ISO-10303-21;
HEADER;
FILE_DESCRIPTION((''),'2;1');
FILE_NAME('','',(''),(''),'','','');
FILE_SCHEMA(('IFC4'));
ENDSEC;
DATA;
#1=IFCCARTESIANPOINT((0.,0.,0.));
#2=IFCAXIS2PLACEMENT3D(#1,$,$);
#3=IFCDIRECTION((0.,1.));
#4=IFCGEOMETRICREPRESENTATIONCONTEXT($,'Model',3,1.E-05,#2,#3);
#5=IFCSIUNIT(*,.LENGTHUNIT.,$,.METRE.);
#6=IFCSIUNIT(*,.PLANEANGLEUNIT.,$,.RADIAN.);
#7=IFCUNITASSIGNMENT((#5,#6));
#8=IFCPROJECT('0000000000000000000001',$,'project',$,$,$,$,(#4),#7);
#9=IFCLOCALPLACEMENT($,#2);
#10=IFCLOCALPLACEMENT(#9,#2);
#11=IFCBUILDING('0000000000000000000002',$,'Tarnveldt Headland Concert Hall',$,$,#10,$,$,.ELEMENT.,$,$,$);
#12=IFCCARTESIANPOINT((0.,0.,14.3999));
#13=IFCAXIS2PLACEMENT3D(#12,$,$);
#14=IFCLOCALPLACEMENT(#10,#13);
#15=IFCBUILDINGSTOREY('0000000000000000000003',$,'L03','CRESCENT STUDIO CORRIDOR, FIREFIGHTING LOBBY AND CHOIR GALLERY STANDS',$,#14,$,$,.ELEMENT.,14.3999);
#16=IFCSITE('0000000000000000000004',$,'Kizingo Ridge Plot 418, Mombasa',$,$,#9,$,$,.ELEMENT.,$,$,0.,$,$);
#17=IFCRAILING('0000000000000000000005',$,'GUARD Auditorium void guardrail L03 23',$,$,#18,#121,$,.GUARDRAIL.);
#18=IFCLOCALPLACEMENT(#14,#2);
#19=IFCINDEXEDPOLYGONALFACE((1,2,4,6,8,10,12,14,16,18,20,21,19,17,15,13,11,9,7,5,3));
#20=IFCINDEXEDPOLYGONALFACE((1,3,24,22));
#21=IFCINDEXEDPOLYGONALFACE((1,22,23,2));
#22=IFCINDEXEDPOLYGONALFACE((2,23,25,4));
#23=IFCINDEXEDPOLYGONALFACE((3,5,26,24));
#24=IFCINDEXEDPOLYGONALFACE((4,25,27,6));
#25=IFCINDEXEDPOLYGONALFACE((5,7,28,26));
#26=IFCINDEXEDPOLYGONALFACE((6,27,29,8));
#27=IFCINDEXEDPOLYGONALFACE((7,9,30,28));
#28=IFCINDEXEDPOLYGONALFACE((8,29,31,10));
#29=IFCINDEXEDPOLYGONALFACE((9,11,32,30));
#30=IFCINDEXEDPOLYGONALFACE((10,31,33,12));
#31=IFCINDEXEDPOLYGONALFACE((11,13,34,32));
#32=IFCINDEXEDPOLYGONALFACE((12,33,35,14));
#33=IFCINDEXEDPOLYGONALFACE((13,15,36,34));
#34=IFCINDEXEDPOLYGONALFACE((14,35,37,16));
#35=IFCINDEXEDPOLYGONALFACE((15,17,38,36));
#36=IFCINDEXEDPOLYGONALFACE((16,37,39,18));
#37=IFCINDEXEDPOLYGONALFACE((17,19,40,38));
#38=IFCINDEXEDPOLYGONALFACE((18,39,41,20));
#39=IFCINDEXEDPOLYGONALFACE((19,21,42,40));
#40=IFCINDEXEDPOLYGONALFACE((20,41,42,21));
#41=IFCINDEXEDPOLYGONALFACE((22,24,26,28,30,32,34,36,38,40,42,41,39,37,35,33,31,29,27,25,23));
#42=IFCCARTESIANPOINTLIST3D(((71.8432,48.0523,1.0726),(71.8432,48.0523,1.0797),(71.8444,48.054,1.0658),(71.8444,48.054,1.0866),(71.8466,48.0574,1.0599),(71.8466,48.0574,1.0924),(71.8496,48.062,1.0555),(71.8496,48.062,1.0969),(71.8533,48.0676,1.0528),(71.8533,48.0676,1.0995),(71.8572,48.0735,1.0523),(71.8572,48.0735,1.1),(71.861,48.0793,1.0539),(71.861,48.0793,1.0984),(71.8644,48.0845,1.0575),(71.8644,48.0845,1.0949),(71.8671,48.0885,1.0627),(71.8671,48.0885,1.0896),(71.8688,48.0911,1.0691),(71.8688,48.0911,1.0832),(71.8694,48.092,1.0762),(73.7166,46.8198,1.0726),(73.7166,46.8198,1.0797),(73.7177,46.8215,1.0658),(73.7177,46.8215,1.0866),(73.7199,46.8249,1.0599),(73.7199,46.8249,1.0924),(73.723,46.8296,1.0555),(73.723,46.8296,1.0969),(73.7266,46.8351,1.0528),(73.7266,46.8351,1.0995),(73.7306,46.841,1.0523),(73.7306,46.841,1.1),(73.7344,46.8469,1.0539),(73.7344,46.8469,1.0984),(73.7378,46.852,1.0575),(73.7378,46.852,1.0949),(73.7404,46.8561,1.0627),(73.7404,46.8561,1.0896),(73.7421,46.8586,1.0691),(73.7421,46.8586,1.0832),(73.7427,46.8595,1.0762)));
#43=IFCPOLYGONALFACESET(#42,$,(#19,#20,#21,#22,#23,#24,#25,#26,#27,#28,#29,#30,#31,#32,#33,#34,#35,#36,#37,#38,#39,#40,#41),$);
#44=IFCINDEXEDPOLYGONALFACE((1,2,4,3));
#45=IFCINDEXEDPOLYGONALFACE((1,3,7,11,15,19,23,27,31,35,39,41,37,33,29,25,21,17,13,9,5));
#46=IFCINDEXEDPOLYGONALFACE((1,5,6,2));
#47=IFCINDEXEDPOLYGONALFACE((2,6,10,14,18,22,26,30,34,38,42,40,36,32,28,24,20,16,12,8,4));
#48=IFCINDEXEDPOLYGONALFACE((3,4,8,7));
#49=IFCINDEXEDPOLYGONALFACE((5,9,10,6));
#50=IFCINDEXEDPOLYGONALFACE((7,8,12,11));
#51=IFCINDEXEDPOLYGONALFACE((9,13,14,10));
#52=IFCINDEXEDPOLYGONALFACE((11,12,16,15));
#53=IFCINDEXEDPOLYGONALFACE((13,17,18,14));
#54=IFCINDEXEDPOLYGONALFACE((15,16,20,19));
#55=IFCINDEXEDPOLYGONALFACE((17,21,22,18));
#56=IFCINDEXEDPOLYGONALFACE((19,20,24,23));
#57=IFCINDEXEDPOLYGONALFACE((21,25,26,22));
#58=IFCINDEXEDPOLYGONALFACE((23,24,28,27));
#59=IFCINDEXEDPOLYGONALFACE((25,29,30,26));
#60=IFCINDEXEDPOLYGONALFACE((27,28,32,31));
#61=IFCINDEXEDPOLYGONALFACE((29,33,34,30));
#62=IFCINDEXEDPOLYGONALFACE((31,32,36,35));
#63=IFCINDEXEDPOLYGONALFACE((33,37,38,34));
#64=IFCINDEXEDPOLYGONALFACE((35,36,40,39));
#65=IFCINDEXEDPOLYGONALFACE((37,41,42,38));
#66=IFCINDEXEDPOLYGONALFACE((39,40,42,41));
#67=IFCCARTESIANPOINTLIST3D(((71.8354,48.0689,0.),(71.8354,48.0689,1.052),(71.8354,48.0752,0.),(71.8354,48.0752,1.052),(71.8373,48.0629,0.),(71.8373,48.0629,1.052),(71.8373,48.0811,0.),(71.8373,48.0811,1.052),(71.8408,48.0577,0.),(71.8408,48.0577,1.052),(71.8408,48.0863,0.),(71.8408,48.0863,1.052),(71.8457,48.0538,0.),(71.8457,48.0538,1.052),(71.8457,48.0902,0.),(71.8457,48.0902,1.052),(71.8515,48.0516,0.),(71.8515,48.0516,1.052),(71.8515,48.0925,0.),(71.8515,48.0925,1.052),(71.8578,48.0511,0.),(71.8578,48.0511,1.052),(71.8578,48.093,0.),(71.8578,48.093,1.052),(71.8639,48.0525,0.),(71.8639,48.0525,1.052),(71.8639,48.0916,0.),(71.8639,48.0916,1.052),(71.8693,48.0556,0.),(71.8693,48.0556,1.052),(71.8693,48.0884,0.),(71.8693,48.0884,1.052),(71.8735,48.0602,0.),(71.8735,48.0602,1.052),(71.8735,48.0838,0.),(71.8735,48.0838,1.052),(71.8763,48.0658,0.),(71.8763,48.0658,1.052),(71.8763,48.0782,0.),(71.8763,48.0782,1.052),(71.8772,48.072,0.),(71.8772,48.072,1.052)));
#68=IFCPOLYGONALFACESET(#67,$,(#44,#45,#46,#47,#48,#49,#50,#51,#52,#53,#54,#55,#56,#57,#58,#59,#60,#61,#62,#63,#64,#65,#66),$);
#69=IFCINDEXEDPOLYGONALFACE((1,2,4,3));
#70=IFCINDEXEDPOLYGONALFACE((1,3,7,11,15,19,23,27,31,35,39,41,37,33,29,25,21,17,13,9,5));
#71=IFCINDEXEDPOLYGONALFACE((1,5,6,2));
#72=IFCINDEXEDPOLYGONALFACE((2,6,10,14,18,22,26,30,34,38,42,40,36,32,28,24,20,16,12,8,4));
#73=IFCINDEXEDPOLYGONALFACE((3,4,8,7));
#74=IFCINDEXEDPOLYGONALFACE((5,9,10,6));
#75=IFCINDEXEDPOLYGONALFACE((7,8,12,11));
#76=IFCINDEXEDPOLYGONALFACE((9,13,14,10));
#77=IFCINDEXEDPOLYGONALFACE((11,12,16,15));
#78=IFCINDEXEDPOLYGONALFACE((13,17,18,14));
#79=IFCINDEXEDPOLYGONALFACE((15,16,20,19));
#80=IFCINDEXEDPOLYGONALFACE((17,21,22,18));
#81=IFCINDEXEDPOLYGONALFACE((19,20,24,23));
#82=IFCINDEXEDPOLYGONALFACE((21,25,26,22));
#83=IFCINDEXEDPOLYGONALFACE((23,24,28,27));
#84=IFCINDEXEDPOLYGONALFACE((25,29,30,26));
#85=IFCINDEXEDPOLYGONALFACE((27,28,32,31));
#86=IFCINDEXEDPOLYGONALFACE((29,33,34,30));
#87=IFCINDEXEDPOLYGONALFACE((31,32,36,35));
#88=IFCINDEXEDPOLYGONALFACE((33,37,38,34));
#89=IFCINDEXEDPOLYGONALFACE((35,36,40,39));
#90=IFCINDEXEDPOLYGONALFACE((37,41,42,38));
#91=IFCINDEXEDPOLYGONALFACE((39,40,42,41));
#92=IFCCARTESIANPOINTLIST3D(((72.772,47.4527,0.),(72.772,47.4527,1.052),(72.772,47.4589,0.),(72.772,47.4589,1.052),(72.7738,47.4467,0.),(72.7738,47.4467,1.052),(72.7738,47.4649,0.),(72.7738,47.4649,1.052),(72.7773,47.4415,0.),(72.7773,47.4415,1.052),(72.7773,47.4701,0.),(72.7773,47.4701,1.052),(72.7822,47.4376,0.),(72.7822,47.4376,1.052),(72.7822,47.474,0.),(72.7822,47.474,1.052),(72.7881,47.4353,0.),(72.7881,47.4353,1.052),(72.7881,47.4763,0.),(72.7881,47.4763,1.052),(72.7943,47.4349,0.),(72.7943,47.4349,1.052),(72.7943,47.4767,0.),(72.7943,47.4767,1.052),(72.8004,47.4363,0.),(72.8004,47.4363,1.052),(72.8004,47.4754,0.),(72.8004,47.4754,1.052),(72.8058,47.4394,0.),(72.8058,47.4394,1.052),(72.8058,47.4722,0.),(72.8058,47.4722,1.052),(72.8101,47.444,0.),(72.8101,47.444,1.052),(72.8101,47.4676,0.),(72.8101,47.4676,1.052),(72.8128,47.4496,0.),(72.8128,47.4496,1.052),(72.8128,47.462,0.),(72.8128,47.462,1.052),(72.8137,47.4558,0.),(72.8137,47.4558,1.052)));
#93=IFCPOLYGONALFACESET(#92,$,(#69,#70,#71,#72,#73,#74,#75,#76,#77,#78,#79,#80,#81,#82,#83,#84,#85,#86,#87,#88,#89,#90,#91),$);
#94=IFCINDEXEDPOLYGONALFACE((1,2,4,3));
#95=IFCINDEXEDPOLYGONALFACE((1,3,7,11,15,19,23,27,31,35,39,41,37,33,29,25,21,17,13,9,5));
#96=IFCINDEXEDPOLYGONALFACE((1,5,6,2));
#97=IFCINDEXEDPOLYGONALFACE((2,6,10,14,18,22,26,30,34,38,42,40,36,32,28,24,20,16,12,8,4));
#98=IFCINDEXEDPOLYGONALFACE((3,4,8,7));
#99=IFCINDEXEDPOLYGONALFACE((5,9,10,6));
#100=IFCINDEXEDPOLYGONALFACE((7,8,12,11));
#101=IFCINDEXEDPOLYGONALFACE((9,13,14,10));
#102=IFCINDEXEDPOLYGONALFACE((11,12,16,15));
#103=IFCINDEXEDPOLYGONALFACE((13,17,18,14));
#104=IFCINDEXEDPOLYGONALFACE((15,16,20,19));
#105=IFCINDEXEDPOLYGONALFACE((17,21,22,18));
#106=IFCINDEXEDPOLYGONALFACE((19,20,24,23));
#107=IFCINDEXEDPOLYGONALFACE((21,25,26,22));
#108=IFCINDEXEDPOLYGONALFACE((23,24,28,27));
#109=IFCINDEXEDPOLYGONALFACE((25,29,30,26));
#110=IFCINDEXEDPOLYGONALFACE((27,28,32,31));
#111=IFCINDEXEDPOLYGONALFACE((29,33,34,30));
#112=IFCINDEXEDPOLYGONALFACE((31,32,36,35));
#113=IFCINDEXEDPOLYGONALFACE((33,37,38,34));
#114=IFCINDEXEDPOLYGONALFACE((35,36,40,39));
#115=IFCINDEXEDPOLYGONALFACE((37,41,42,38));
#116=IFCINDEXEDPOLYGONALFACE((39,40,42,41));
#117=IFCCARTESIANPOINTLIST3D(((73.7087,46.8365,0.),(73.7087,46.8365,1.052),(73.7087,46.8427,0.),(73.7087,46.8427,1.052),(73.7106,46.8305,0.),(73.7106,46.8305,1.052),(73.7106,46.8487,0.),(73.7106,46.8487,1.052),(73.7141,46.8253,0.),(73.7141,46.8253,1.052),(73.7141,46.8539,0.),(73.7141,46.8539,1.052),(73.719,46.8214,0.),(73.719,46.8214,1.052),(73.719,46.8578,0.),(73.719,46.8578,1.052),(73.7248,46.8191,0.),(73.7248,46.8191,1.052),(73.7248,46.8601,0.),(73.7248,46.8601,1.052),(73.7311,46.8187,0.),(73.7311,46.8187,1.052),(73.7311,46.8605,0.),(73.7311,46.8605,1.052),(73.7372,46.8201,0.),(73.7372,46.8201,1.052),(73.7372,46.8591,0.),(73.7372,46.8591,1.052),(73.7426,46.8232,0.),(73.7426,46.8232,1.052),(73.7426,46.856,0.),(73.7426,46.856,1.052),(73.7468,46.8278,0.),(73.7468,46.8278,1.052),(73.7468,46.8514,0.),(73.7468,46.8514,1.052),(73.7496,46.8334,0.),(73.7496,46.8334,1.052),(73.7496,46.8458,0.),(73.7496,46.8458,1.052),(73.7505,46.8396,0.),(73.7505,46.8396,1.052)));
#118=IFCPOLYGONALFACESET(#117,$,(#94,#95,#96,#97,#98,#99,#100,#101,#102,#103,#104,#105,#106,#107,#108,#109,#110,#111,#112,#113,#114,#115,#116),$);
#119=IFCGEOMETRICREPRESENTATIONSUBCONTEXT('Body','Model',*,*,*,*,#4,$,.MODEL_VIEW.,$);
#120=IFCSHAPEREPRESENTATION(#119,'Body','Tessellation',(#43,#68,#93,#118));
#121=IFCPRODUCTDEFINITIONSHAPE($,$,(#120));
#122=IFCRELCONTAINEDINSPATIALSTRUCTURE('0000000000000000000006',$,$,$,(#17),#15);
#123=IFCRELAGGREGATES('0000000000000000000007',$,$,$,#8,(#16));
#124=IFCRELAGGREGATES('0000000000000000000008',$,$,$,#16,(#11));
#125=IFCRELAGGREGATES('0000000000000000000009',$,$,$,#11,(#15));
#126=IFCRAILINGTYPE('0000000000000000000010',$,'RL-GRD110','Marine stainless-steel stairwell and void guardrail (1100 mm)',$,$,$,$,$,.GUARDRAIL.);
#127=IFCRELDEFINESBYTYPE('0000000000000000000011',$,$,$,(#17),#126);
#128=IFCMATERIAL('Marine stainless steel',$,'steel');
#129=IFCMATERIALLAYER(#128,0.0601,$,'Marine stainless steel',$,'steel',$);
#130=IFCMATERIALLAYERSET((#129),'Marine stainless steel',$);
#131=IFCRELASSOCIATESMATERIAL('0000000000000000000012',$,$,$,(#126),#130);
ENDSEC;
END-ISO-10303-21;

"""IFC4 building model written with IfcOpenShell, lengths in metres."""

from ifc_helpers import new_model, si_unit, direction, frame, origin, origin_2d, place, context, subcontext, project, spatial, circle, extrude, material, layer, layer_set, type_object, element, save


model = new_model("IFC4")

# Units and contexts
model_context = context("Model", 3, precision=1e-05, world=origin(), true_north=direction((0.0, 1.0)))
body_context = subcontext(model_context, "Body", "Model", "MODEL_VIEW")
ifc_project = project(units=[si_unit("LENGTHUNIT", "METRE"), si_unit("PLANEANGLEUNIT", "RADIAN")], contexts=[model_context])

# Site, building, storey
site_placement = place(None, origin())
site = spatial("IfcSite", under=ifc_project, at=site_placement, Name="Kizingo Ridge Plot 418, Mombasa", CompositionType="ELEMENT", RefElevation=0.0)
building_placement = place(site_placement, origin())
building = spatial("IfcBuilding", under=site, at=building_placement, Name="Tarnveldt Headland Concert Hall", CompositionType="ELEMENT")
storey_placement = place(building_placement, frame((0.0, 0.0, 14.3999)))
storey = spatial("IfcBuildingStorey", under=building, at=storey_placement, Name="L03", Description="CRESCENT STUDIO CORRIDOR, FIREFIGHTING LOBBY AND CHOIR GALLERY STANDS", CompositionType="ELEMENT", Elevation=14.3999)

# Railing
ifc_material_1 = material(Name="Marine stainless steel", Category="steel")
ifc_layer = layer(ifc_material_1, 0.0601, Name="Marine stainless steel", Category="steel")
ifc_layer_set = layer_set([ifc_layer], Name="Marine stainless steel")
railing_type = type_object("IfcRailingType", Name="RL-GRD110", Description="Marine stainless-steel stairwell and void guardrail (1100 mm)", PredefinedType="GUARDRAIL", material=ifc_layer_set)
railing_1_placement = place(storey_placement, frame((71.8562, 48.072, 0.0)))
element("IfcRailing", 1, at=railing_1_placement, inside=storey, type_object=railing_type, Name="GUARD Auditorium void guardrail L03 23", PredefinedType="GUARDRAIL", context=body_context, shape_type="SweptSolid", body=[
    extrude(circle(Radius=0.0239, at=origin_2d()), frame((0.0, 0.0, 1.0762), z_axis=(0.835418, -0.549615, 0.0), x_axis=(0.549615, 0.835418, 0.0)), (0.0, 0.0, 1.0), 2.2424),
    extrude(circle(Radius=0.021, at=origin_2d()), origin(), (0.0, 0.0, 1.0), 1.052),
    extrude(circle(Radius=0.021, at=origin_2d()), frame((0.9365, -0.6162, 0.0)), (0.0, 0.0, 1.0), 1.052),
    extrude(circle(Radius=0.021, at=origin_2d()), frame((1.8733, -1.2324, 0.0)), (0.0, 0.0, 1.0), 1.052),
])

save(model, "model.ifc")
